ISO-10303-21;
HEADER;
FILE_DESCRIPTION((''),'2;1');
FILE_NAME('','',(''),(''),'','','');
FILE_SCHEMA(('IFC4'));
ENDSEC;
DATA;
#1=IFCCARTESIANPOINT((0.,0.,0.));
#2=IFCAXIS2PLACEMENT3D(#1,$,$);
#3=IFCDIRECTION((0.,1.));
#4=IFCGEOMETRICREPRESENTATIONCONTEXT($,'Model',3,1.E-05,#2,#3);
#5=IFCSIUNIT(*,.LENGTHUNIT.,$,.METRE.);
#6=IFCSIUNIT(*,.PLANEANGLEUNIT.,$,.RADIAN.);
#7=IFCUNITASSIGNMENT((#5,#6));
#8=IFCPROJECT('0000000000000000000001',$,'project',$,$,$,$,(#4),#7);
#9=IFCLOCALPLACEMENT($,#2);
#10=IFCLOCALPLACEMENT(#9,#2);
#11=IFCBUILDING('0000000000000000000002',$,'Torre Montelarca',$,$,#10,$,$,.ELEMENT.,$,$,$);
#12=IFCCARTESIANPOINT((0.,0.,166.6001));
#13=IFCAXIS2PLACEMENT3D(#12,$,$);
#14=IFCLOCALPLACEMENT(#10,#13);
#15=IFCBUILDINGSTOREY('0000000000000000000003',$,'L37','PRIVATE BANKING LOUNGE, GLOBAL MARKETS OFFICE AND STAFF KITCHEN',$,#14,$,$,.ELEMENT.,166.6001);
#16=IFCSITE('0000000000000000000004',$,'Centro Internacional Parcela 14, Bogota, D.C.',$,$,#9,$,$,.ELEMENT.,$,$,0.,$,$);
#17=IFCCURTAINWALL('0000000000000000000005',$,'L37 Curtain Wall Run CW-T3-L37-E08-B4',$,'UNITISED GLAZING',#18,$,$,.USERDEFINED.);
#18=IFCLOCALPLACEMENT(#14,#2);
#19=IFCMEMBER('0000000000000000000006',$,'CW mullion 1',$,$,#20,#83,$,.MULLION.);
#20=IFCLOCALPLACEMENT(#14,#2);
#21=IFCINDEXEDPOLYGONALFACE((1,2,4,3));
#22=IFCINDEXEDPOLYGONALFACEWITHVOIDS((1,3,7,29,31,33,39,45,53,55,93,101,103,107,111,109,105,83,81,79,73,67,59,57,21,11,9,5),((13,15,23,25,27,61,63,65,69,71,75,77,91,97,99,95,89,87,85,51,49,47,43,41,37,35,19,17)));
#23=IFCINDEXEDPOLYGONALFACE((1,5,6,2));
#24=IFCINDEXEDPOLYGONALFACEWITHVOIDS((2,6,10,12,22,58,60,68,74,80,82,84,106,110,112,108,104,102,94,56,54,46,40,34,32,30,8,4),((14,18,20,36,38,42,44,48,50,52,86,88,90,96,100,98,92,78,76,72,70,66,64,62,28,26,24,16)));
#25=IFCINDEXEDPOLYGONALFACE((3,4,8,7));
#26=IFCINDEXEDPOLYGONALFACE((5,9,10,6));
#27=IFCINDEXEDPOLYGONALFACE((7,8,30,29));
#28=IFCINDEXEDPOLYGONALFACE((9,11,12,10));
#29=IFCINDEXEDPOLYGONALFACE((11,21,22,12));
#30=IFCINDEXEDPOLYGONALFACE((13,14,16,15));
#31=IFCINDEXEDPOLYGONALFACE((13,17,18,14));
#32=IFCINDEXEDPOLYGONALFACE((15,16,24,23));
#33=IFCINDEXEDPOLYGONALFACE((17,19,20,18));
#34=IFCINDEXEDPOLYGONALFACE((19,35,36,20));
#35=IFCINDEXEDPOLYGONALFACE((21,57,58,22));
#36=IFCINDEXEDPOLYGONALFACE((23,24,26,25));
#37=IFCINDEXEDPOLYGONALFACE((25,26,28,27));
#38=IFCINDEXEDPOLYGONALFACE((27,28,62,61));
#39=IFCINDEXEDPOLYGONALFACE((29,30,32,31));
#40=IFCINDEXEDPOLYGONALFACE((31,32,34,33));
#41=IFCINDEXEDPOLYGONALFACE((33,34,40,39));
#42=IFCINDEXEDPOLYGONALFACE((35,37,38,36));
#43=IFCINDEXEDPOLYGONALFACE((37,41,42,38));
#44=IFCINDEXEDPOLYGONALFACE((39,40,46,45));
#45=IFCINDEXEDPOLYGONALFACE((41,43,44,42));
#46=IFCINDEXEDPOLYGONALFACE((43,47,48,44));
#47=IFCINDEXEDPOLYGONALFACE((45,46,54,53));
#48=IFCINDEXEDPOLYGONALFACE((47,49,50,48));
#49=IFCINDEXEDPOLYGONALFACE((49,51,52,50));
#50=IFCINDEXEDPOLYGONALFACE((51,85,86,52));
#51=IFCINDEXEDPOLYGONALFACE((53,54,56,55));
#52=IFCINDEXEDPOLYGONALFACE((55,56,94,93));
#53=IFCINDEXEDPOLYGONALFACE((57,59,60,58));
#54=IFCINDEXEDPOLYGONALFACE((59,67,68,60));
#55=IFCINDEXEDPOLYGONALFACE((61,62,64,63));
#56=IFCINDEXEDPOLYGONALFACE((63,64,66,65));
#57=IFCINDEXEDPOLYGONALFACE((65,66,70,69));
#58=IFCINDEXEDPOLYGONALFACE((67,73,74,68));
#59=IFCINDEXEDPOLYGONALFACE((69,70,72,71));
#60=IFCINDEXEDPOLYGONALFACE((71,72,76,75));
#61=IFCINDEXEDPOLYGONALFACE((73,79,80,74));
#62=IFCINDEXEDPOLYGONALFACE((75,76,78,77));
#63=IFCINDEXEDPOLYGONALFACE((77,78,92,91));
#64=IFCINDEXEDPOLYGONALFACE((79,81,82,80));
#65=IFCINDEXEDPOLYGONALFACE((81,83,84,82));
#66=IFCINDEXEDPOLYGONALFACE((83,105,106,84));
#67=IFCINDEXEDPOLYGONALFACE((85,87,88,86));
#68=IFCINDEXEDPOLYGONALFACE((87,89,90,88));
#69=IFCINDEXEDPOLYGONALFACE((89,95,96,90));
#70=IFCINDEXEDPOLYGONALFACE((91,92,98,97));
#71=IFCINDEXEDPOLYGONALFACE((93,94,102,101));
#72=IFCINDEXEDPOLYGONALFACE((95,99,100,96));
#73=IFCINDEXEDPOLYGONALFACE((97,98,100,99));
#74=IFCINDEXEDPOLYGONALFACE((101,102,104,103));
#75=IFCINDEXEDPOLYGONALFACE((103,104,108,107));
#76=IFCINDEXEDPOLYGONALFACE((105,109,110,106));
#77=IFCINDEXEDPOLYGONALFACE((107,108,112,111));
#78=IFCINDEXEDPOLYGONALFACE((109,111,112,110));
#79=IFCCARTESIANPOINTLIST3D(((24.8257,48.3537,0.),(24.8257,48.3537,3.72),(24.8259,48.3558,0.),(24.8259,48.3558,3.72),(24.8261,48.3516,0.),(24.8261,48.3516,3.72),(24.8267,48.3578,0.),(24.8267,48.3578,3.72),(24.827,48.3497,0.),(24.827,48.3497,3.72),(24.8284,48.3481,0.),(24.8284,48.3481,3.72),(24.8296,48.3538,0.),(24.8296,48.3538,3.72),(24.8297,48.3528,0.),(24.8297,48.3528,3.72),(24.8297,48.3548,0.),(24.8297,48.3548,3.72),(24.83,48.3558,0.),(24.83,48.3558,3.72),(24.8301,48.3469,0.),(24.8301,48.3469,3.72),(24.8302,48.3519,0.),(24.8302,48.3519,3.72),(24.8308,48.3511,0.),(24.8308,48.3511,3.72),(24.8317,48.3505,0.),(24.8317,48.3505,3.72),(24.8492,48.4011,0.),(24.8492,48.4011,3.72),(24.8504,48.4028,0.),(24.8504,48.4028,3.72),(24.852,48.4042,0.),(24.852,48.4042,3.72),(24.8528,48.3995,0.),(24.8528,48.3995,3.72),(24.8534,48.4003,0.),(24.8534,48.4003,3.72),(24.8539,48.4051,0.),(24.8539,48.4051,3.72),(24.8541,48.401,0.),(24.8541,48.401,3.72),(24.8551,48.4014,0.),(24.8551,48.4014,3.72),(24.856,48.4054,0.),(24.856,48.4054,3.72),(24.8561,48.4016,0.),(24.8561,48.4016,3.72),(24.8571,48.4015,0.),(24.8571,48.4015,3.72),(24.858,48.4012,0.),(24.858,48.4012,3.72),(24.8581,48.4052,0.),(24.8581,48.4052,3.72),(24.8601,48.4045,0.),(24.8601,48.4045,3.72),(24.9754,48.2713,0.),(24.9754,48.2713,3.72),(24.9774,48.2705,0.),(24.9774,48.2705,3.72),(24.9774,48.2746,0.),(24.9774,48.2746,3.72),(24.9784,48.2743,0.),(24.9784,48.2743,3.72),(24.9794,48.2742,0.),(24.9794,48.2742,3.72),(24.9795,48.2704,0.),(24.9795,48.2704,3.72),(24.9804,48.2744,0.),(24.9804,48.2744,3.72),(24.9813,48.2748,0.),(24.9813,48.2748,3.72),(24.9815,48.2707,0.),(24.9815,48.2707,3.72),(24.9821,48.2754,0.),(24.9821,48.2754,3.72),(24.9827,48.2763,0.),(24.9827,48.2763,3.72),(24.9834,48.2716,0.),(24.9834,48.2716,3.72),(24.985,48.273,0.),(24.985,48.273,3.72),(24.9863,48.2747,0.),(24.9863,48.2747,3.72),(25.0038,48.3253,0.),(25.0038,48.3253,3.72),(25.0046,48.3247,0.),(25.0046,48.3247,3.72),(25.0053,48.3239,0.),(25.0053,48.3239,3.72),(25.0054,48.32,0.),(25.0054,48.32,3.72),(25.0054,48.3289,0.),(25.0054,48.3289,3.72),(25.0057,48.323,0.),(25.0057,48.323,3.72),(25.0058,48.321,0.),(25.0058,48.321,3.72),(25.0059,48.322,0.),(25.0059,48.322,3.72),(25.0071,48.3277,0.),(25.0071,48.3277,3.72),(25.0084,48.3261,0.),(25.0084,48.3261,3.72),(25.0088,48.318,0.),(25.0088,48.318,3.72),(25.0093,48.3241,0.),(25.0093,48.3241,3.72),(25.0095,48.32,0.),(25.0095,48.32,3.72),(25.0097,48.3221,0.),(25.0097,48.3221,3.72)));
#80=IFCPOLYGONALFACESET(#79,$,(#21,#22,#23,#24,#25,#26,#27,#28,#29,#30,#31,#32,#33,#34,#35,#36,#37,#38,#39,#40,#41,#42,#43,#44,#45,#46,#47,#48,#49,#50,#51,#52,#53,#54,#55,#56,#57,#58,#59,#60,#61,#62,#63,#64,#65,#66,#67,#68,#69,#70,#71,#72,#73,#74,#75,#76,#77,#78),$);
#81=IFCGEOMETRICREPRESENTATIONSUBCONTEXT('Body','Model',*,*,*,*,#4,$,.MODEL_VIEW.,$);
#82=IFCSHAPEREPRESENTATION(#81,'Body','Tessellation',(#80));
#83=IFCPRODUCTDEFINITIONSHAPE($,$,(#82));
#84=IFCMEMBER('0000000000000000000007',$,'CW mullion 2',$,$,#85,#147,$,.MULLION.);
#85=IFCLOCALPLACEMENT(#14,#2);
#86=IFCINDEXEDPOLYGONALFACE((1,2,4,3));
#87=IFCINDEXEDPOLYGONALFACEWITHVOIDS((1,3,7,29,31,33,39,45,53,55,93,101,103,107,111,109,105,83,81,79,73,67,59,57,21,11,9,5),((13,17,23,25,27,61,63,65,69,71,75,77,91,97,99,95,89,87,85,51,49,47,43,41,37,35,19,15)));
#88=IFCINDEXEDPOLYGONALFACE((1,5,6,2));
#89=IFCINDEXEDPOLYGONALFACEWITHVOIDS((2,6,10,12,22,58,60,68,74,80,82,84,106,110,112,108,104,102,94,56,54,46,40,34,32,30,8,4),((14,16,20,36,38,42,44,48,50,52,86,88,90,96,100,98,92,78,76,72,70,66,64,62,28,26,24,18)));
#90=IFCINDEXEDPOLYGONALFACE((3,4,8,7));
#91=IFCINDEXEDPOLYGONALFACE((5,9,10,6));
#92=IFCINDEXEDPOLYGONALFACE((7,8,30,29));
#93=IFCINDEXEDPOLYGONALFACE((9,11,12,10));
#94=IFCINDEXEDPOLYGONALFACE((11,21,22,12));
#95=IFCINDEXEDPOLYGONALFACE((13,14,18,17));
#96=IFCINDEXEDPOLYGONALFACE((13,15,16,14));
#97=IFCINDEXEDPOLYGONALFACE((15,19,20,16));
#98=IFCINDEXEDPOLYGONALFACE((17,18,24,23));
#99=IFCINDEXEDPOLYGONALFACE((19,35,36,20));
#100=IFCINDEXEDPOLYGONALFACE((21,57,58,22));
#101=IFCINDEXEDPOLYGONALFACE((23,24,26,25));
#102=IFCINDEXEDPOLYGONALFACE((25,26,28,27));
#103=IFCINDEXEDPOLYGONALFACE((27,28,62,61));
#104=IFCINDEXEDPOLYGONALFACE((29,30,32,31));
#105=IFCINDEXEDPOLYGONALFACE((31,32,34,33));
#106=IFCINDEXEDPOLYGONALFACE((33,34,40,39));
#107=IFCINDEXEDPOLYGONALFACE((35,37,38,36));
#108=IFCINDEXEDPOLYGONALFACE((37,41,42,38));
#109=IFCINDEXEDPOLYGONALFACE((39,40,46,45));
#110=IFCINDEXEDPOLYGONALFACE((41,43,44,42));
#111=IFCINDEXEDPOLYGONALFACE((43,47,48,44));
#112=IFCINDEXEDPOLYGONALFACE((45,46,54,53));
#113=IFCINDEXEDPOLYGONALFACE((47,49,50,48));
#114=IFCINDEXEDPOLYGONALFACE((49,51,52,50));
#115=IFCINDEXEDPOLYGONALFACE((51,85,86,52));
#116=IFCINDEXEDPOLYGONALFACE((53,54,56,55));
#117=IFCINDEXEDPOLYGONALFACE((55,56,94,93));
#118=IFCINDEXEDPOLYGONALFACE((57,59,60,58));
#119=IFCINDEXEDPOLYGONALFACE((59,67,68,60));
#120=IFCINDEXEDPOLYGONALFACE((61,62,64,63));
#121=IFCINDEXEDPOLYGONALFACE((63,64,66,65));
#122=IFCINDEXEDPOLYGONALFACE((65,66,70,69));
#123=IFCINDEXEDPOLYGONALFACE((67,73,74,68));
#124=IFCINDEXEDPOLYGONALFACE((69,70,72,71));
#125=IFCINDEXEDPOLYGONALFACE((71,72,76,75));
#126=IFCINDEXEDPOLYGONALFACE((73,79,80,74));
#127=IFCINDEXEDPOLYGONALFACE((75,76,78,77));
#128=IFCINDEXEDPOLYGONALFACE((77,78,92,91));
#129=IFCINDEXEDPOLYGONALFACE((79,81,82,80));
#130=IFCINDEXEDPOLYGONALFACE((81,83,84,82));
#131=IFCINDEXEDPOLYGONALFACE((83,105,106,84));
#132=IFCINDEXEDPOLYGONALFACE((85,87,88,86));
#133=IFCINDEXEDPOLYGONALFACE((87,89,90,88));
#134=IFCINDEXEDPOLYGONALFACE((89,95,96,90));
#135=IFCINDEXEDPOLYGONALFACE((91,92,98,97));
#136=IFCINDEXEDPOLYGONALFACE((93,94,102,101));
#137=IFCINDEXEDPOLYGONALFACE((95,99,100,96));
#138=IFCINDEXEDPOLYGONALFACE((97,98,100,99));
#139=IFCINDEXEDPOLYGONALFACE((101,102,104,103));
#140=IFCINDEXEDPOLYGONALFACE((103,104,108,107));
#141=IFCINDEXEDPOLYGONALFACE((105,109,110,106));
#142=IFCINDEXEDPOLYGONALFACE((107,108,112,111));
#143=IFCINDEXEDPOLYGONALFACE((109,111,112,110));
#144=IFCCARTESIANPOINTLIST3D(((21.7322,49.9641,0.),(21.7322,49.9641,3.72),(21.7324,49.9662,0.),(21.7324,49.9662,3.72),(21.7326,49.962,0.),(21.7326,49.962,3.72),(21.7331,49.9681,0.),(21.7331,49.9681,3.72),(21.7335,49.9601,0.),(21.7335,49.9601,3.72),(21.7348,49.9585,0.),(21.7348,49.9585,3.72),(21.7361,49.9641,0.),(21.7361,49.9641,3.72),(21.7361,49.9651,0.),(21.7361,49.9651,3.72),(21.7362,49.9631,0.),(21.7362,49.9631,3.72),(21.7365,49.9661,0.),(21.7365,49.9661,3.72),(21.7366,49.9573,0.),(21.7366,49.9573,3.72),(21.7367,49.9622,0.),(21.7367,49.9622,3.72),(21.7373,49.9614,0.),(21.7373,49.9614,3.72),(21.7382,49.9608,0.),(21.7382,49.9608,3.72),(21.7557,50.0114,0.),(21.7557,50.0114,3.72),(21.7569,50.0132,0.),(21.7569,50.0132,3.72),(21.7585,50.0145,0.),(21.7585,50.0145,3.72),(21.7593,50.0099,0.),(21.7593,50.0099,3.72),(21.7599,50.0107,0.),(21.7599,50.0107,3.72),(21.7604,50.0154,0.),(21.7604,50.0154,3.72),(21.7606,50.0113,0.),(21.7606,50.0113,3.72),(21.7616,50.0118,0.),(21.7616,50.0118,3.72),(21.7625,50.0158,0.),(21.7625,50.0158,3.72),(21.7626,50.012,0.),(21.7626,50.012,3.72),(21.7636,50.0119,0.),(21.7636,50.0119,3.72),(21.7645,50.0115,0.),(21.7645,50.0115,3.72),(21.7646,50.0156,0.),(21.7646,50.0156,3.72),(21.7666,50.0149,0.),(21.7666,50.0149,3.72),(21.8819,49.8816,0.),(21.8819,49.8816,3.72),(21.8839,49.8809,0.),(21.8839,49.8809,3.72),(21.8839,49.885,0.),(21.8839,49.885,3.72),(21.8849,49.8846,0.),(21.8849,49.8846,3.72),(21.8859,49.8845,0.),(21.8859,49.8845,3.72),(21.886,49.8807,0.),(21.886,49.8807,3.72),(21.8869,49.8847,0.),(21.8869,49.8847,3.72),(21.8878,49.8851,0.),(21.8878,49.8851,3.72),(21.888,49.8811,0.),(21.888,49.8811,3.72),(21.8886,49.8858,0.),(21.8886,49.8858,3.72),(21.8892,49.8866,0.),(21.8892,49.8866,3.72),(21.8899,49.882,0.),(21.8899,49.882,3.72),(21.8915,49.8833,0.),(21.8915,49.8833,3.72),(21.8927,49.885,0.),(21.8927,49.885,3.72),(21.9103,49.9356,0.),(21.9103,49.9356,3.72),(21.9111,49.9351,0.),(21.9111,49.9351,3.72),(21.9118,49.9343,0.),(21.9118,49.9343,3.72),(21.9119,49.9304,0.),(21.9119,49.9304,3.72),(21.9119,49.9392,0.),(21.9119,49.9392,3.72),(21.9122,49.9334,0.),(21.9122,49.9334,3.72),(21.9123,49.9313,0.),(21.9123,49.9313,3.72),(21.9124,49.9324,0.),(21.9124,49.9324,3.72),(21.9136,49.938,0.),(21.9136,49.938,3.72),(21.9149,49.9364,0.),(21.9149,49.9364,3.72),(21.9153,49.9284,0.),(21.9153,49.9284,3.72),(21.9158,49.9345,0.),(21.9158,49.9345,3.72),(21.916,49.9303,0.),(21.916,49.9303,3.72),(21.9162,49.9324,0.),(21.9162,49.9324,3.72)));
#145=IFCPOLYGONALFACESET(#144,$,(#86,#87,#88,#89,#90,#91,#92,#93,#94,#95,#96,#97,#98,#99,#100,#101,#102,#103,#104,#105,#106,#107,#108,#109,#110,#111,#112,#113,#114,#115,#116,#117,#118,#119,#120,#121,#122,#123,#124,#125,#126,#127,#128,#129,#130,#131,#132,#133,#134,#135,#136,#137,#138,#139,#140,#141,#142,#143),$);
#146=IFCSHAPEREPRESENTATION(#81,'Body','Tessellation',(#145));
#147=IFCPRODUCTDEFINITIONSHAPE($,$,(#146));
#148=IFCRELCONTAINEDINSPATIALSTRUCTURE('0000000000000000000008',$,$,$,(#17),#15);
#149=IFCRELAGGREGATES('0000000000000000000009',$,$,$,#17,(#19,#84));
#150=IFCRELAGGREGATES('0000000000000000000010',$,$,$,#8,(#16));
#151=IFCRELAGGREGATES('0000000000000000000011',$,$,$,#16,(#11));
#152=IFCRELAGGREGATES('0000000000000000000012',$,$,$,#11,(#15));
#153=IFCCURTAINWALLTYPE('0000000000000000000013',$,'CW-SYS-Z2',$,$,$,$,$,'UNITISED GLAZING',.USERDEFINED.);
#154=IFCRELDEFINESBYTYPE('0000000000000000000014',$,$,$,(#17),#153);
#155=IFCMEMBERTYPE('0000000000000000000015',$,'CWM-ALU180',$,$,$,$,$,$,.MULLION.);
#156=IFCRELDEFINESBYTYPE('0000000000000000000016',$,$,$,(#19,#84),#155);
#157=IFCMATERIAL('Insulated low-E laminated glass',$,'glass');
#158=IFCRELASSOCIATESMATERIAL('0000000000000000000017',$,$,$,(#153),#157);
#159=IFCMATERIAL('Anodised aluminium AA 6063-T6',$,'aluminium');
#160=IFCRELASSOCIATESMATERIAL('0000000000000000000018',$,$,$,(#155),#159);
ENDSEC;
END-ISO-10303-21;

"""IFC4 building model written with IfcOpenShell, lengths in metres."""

from ifc_helpers import new_model, si_unit, direction, frame, origin, origin_2d, place, context, subcontext, project, spatial, hollow_rectangle, extrude, source, transform, mapped, material, material_profile, profile_set, type_object, element, aggregate, save


model = new_model("IFC4")

# Units and contexts
model_context = context("Model", 3, precision=1e-05, world=origin(), true_north=direction((0.0, 1.0)))
body_context = subcontext(model_context, "Body", "Model", "MODEL_VIEW")
ifc_project = project(units=[si_unit("LENGTHUNIT", "METRE"), si_unit("PLANEANGLEUNIT", "RADIAN")], contexts=[model_context])

# Site, building, storey
site_placement = place(None, origin())
site = spatial("IfcSite", under=ifc_project, at=site_placement, Name="Centro Internacional Parcela 14, Bogota, D.C.", CompositionType="ELEMENT", RefElevation=0.0)
building_placement = place(site_placement, origin())
building = spatial("IfcBuilding", under=site, at=building_placement, Name="Torre Montelarca", CompositionType="ELEMENT")
storey_placement = place(building_placement, frame((0.0, 0.0, 166.6001)))
storey = spatial("IfcBuildingStorey", under=building, at=storey_placement, Name="L37", Description="PRIVATE BANKING LOUNGE, GLOBAL MARKETS OFFICE AND STAFF KITCHEN", CompositionType="ELEMENT", Elevation=166.6001)

# Curtain wall, members
ifc_material_1 = material(Name="Insulated low-E laminated glass", Category="glass")
curtain_wall_type = type_object("IfcCurtainWallType", Name="CW-SYS-Z2", ElementType="UNITISED GLAZING", PredefinedType="USERDEFINED", material=ifc_material_1)
ifc_material_2 = material(Name="Anodised aluminium AA 6063-T6", Category="aluminium")
ifc_material_profile_1 = material_profile(ifc_material_2, hollow_rectangle(XDim=0.0649, YDim=0.1799, WallThickness=0.0039, InnerFilletRadius=0.0039, OuterFilletRadius=0.0081, at=origin_2d()), Name="ALU65X180X4", Category="aluminium")
ifc_profile_set_1 = profile_set([ifc_material_profile_1], Name="Anodised aluminium AA 6063-T6")
member_type_1 = type_object("IfcMemberType", Name="CWM-ALU180", PredefinedType="MULLION", material=ifc_profile_set_1)
shared_shape_1 = source(origin(), body_context, "Body", "SweptSolid", [
    extrude(hollow_rectangle(XDim=0.0649, YDim=0.1799, WallThickness=0.0039, InnerFilletRadius=0.0039, OuterFilletRadius=0.0081, at=origin_2d()), origin(), (0.0, 0.0, 1.0), 3.72),
])
curtain_wall_1_placement = place(storey_placement, origin())
curtain_wall_1 = element("IfcCurtainWall", 1, at=curtain_wall_1_placement, inside=storey, type_object=curtain_wall_type, Name="L37 Curtain Wall Run CW-T3-L37-E08-B4", ObjectType="UNITISED GLAZING", PredefinedType="USERDEFINED")
member_1_placement = place(storey_placement, frame((24.9177, 48.3379, 0.0), z_axis=(0.0, 0.0, 1.0), x_axis=(-0.461745, -0.887013, 0.0)))
member_1 = element("IfcMember", 2, at=member_1_placement, type_object=member_type_1, Name="CW mullion 1", PredefinedType="MULLION", context=body_context, shape_type="MappedRepresentation", body=[
    mapped(shared_shape_1, transform((0.0, 0.0, 0.0), scale=1.0)),
])
member_2_placement = place(storey_placement, frame((21.8242, 49.9482, 0.0), z_axis=(0.0, 0.0, 1.0), x_axis=(-0.461745, -0.887013, 0.0)))
member_2 = element("IfcMember", 3, at=member_2_placement, type_object=member_type_1, Name="CW mullion 2", PredefinedType="MULLION", context=body_context, shape_type="MappedRepresentation", body=[
    mapped(shared_shape_1, transform((0.0, 0.0, 0.0), scale=1.0)),
])

aggregate(curtain_wall_1, [member_1, member_2])

save(model, "model.ifc")
